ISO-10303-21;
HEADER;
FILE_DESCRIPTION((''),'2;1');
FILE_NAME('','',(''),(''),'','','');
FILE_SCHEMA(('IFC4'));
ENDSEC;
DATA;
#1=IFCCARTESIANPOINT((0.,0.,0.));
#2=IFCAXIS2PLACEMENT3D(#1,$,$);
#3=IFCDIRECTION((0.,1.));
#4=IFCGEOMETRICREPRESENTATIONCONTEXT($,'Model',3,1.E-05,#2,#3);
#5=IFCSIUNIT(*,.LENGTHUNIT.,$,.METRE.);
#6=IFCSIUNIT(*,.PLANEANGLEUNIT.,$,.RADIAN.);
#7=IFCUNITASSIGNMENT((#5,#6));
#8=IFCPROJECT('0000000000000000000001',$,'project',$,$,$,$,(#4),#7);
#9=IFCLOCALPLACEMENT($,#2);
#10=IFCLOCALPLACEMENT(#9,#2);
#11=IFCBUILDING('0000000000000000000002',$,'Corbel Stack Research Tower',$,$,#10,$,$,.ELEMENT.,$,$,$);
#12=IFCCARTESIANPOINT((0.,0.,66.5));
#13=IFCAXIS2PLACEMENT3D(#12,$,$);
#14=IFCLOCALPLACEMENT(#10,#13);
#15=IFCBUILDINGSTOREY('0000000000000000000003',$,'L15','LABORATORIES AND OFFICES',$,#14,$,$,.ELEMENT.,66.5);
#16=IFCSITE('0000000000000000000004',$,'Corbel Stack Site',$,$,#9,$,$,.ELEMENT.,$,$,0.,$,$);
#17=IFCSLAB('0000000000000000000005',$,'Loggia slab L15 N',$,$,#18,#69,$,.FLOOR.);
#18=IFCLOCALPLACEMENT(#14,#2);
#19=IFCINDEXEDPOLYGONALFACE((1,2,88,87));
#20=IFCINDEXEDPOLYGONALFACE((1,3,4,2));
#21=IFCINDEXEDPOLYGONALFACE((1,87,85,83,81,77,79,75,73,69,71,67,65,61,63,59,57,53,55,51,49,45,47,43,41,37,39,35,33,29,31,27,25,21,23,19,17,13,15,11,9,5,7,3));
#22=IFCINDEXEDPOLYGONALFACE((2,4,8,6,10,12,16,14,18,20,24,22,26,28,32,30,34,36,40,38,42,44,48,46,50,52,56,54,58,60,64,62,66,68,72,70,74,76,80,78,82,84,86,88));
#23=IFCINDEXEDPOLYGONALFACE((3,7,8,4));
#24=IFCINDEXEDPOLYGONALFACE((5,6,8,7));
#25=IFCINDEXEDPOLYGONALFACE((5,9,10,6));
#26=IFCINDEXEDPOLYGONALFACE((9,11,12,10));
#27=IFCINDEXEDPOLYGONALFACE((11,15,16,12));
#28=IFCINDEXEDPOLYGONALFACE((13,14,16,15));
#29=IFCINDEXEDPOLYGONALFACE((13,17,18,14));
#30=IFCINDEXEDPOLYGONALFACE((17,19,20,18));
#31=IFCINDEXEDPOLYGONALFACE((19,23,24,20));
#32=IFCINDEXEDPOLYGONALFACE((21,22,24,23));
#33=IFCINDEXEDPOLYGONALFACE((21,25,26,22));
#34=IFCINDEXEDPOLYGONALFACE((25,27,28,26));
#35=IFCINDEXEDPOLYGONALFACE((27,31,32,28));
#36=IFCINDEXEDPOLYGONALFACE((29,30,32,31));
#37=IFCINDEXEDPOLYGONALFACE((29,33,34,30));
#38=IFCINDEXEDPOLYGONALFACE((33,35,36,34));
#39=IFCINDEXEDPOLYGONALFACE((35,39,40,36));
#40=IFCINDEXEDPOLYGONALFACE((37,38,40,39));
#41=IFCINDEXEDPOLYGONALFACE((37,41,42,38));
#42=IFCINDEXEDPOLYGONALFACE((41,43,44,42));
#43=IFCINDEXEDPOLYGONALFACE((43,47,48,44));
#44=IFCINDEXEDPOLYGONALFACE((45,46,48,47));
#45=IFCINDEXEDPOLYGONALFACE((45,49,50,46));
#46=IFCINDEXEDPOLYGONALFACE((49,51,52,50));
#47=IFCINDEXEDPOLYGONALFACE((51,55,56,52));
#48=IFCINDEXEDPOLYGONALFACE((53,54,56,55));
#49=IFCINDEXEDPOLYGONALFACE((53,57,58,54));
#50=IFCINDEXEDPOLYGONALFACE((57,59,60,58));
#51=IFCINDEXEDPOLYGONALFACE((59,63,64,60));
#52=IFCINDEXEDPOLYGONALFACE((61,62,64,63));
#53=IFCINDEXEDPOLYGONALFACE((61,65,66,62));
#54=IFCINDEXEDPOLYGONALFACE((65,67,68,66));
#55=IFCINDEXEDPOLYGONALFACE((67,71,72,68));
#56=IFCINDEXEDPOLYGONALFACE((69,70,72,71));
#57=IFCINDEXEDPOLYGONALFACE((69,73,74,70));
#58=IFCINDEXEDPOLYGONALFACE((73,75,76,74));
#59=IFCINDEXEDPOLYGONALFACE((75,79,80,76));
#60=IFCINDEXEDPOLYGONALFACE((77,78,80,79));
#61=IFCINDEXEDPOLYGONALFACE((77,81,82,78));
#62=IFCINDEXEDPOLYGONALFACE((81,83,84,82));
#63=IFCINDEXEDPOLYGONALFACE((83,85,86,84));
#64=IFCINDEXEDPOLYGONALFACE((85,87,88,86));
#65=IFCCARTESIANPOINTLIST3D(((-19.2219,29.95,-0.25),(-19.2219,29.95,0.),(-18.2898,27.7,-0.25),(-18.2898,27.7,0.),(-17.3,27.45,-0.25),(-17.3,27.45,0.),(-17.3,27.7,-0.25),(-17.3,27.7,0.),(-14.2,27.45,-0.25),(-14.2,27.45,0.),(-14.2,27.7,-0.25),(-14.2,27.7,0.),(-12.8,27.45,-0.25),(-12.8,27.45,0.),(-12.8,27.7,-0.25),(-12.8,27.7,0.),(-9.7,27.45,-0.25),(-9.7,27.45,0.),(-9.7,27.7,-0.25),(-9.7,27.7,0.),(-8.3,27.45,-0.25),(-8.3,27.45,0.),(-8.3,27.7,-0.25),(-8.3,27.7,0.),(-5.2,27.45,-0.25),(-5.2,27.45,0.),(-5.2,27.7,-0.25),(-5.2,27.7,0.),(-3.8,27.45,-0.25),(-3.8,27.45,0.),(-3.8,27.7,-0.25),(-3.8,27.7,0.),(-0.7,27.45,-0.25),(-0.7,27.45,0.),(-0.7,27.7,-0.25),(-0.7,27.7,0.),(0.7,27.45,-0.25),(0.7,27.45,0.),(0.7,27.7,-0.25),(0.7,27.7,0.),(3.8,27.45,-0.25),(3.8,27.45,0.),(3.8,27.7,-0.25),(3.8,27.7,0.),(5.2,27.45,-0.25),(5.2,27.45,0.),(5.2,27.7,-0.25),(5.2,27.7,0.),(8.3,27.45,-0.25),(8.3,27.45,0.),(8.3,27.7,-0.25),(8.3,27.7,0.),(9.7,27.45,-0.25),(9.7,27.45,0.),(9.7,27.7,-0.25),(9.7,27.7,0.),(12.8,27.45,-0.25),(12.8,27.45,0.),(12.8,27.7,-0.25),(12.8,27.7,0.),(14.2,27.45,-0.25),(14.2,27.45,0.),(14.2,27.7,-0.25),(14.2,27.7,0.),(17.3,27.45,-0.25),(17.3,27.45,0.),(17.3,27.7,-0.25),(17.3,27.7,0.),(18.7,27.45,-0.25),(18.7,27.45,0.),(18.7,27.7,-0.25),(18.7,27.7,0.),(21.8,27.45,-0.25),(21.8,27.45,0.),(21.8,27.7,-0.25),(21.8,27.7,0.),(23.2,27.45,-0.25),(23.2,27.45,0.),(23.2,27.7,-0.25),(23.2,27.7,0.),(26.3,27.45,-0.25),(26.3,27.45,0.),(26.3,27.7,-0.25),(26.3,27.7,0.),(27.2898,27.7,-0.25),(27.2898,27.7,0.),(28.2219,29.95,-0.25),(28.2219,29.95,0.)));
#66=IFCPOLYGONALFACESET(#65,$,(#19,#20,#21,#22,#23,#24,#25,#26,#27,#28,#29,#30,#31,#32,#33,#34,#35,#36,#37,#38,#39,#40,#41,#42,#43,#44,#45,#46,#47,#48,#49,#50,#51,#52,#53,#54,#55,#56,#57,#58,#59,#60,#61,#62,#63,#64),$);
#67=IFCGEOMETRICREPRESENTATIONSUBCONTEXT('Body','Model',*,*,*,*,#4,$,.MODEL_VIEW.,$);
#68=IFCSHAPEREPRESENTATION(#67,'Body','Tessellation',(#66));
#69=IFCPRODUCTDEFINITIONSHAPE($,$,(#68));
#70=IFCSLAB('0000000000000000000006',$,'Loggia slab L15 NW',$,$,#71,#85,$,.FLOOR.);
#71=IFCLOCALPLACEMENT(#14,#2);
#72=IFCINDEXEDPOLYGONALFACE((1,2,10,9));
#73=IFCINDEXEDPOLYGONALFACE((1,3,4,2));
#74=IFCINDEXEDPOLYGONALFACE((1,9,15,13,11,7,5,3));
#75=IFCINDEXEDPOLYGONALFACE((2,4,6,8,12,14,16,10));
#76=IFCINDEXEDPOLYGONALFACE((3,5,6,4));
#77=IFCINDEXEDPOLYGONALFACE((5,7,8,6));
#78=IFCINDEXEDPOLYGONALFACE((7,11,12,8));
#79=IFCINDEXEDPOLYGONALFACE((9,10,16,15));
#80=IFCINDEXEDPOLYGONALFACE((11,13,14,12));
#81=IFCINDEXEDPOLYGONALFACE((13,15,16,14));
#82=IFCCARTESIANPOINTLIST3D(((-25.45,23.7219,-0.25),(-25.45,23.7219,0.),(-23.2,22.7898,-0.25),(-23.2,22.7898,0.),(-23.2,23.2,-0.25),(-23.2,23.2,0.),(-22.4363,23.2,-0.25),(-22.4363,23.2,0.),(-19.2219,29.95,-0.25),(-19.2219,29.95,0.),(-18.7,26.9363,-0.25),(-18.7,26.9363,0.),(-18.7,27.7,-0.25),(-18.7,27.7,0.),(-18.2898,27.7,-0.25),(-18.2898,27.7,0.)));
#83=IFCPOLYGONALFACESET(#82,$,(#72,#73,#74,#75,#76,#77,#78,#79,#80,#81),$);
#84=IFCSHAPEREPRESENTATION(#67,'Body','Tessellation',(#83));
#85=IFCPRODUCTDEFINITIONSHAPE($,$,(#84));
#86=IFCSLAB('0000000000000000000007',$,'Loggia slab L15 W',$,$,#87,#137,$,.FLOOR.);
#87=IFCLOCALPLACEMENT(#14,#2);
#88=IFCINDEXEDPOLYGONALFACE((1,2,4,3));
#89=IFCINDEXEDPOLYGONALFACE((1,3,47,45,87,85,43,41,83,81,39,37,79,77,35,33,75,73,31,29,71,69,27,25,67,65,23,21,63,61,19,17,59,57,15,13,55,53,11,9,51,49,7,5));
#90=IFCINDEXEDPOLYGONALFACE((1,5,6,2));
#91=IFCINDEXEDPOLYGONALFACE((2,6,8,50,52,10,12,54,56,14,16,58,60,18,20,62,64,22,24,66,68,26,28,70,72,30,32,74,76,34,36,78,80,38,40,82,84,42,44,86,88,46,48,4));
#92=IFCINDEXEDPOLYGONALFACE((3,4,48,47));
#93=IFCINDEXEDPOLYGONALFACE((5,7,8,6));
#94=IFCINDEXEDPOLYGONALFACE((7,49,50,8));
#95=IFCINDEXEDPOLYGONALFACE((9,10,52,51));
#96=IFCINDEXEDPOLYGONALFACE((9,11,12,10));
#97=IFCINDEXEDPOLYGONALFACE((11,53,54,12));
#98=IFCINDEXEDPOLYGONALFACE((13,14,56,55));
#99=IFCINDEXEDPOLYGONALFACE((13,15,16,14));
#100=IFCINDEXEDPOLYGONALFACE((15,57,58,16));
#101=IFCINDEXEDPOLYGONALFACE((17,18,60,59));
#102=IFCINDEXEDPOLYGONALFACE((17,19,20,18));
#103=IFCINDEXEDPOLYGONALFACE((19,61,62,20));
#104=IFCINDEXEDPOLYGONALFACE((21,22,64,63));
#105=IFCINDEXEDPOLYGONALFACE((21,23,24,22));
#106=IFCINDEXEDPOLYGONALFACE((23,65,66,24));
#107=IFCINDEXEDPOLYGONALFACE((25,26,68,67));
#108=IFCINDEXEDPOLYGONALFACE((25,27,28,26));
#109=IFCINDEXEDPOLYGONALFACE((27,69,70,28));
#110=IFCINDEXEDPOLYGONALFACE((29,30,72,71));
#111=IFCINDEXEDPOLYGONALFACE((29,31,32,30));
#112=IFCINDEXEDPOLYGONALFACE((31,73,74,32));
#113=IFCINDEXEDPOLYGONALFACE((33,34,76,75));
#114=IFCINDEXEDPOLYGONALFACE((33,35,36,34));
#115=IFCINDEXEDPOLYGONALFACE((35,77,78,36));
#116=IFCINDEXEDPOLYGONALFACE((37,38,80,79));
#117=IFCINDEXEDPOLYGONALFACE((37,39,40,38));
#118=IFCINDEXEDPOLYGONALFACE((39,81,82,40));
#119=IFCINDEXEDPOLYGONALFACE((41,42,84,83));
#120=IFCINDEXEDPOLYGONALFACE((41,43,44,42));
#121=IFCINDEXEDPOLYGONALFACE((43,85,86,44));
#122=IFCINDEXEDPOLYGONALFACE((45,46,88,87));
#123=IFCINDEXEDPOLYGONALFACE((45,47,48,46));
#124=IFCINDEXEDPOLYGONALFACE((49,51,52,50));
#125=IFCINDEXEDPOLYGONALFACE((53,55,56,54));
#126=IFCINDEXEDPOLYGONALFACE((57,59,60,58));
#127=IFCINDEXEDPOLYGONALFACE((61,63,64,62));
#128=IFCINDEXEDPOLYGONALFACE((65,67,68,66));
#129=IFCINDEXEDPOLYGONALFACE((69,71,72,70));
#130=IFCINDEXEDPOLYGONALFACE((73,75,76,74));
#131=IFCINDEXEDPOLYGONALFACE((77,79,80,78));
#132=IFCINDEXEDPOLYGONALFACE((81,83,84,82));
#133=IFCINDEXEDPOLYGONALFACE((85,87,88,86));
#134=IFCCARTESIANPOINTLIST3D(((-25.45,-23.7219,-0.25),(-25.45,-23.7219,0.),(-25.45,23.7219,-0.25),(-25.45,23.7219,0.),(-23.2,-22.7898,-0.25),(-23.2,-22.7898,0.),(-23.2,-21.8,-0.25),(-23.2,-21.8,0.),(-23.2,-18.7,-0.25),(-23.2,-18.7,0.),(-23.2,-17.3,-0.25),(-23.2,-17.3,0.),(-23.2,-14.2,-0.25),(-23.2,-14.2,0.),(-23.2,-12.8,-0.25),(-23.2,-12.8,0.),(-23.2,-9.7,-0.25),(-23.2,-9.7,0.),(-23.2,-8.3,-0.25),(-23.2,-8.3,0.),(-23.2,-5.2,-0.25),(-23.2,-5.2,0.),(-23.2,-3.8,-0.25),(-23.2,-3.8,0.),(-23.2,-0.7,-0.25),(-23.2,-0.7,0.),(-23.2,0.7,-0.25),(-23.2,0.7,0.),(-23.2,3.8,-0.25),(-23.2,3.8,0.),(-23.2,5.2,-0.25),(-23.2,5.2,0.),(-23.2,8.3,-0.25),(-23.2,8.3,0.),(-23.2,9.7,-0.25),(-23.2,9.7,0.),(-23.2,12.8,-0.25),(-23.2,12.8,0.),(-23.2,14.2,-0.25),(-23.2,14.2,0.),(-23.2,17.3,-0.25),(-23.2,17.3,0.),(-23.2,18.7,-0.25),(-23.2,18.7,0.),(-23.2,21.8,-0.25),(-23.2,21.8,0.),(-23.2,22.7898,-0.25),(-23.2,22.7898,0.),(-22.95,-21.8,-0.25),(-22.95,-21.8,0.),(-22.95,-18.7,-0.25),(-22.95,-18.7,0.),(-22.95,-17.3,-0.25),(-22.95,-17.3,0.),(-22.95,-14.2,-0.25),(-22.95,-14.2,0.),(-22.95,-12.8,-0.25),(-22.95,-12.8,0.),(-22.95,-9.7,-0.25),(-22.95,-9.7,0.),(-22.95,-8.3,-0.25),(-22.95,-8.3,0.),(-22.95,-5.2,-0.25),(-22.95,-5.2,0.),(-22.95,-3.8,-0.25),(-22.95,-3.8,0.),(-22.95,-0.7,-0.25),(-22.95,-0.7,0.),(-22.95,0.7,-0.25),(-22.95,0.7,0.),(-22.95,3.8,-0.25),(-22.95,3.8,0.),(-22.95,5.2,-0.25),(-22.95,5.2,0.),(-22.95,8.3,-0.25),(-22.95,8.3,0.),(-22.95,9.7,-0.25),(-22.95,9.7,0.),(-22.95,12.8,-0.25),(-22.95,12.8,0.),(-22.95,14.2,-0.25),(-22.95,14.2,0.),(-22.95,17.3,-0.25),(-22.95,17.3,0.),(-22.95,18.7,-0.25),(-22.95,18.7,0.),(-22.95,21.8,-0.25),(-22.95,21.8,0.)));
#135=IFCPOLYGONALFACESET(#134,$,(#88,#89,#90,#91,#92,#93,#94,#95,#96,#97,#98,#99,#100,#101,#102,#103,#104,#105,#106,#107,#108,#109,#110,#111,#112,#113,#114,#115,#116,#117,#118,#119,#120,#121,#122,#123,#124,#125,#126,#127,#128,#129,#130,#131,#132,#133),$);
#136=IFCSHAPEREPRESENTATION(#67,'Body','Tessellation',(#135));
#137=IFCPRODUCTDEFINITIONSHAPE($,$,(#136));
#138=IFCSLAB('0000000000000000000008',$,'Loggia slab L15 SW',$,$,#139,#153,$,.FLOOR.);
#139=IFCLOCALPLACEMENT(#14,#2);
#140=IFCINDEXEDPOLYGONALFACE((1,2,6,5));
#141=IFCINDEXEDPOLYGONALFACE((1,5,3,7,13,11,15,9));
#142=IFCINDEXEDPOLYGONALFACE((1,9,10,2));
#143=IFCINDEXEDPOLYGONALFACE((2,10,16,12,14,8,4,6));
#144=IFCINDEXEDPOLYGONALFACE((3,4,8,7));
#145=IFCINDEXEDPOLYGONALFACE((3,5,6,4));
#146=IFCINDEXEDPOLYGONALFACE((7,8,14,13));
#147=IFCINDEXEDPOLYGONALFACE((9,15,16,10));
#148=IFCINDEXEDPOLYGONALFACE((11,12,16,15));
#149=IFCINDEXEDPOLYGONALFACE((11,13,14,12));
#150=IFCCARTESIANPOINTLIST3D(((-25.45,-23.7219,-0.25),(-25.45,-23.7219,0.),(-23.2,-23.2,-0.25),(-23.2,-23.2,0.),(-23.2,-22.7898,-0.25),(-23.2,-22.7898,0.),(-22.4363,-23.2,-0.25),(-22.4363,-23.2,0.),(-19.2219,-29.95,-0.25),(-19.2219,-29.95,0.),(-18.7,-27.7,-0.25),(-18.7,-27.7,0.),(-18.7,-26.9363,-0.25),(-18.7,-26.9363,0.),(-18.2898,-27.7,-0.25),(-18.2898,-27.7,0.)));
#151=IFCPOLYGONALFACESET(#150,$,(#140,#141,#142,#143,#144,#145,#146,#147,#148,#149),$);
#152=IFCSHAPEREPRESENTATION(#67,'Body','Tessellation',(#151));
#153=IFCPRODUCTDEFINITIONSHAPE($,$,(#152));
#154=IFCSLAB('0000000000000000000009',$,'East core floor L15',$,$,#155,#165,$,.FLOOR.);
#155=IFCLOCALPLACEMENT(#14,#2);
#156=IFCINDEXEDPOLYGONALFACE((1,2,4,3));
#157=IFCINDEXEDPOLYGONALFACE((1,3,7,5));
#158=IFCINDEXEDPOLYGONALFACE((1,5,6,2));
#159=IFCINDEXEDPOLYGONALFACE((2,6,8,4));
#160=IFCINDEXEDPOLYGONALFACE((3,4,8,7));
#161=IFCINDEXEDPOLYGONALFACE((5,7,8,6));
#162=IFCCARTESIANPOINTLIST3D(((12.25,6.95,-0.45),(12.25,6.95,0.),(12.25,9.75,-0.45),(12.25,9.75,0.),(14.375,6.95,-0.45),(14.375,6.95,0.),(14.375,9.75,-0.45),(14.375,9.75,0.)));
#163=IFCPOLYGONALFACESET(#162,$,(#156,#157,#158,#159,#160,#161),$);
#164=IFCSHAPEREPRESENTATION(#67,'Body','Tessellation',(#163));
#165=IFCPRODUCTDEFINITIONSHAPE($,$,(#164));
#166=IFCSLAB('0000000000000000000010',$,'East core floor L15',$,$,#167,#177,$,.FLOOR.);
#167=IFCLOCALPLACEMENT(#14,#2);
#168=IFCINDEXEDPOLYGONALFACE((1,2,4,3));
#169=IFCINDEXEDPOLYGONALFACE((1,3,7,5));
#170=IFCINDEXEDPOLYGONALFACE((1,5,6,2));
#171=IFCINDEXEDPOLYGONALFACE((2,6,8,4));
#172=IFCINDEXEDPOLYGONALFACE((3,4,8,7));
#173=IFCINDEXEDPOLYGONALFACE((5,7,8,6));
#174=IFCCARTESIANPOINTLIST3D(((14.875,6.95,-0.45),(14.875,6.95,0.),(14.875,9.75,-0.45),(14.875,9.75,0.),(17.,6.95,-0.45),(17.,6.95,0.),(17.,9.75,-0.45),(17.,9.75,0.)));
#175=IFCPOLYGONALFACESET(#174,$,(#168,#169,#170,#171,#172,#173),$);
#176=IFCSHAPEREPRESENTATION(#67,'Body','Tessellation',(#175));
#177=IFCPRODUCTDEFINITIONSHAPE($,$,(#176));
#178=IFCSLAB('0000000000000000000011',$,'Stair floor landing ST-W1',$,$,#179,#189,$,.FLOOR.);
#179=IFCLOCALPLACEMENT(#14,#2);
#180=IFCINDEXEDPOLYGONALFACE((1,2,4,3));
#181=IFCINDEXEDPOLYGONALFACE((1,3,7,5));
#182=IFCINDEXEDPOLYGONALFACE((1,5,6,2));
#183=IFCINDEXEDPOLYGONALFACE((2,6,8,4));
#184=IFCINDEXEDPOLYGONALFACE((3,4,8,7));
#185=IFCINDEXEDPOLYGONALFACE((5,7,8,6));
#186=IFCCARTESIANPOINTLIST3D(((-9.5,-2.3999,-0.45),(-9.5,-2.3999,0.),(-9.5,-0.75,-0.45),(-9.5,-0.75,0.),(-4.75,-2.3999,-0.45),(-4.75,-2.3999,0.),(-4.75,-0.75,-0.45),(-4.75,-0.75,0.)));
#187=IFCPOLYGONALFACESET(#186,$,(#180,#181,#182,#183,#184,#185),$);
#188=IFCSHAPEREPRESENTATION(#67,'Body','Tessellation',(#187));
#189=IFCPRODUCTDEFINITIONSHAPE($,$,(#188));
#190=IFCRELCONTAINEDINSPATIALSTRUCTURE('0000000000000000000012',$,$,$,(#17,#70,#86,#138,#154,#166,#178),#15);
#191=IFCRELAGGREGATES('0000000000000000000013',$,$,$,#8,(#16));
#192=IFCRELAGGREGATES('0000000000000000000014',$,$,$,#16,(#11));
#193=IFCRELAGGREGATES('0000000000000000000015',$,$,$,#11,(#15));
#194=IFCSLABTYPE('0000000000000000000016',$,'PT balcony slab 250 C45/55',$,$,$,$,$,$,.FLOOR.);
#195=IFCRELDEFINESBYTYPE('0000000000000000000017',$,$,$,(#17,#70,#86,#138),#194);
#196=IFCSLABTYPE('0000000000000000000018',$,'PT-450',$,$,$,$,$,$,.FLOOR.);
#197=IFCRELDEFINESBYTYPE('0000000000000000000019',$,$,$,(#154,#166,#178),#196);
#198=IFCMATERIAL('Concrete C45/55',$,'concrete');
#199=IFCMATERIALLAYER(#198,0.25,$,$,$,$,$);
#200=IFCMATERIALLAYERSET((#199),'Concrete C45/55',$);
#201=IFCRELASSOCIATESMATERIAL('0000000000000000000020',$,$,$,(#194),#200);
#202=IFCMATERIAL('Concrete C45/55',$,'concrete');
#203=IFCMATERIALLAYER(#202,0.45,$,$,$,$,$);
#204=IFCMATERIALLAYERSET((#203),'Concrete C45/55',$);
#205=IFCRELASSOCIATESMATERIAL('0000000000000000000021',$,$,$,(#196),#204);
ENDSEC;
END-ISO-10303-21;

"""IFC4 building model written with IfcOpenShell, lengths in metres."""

from ifc_helpers import new_model, si_unit, direction, frame, origin, place, context, subcontext, project, spatial, polyline, outline, extrude, material, layer, layer_set, type_object, element, save


model = new_model("IFC4")

# Units and contexts
model_context = context("Model", 3, precision=1e-05, world=origin(), true_north=direction((0.0, 1.0)))
body_context = subcontext(model_context, "Body", "Model", "MODEL_VIEW")
ifc_project = project(units=[si_unit("LENGTHUNIT", "METRE"), si_unit("PLANEANGLEUNIT", "RADIAN")], contexts=[model_context])

# Site, building, storey
site_placement = place(None, origin())
site = spatial("IfcSite", under=ifc_project, at=site_placement, Name="Corbel Stack Site", CompositionType="ELEMENT", RefElevation=0.0)
building_placement = place(site_placement, origin())
building = spatial("IfcBuilding", under=site, at=building_placement, Name="Corbel Stack Research Tower", CompositionType="ELEMENT")
storey_placement = place(building_placement, frame((0.0, 0.0, 66.5)))
storey = spatial("IfcBuildingStorey", under=building, at=storey_placement, Name="L15", Description="LABORATORIES AND OFFICES", CompositionType="ELEMENT", Elevation=66.5)

# Slabs
ifc_material_1 = material(Name="Concrete C45/55", Category="concrete")
ifc_layer_1 = layer(ifc_material_1, 0.25)
ifc_layer_set_1 = layer_set([ifc_layer_1], Name="Concrete C45/55")
slab_type_1 = type_object("IfcSlabType", Name="PT balcony slab 250 C45/55", PredefinedType="FLOOR", material=ifc_layer_set_1)
slab_1_placement = place(storey_placement, frame((0.0, 0.0, -0.25)))
element("IfcSlab", 1, at=slab_1_placement, inside=storey, type_object=slab_type_1, Name="Loggia slab L15 N", PredefinedType="FLOOR", context=body_context, shape_type="SweptSolid", body=[
    extrude(outline(polyline([(-18.2898, 27.7), (-17.3, 27.7), (-17.3, 27.45), (-14.2, 27.45), (-14.2, 27.7), (-12.8, 27.7), (-12.8, 27.45), (-9.7, 27.45), (-9.7, 27.7), (-8.3, 27.7), (-8.3, 27.45), (-5.2, 27.45), (-5.2, 27.7), (-3.8, 27.7), (-3.8, 27.45), (-0.7, 27.45), (-0.7, 27.7), (0.7, 27.7), (0.7, 27.45), (3.8, 27.45), (3.8, 27.7), (5.2, 27.7), (5.2, 27.45), (8.3, 27.45), (8.3, 27.7), (9.7, 27.7), (9.7, 27.45), (12.8, 27.45), (12.8, 27.7), (14.2, 27.7), (14.2, 27.45), (17.3, 27.45), (17.3, 27.7), (18.7, 27.7), (18.7, 27.45), (21.8, 27.45), (21.8, 27.7), (23.2, 27.7), (23.2, 27.45), (26.3, 27.45), (26.3, 27.7), (27.2898, 27.7), (28.2219, 29.95), (-19.2219, 29.95), (-18.2898, 27.7)])), origin(), (0.0, 0.0, 1.0), 0.25),
])
slab_2_placement = place(storey_placement, frame((0.0, 0.0, -0.25)))
element("IfcSlab", 2, at=slab_2_placement, inside=storey, type_object=slab_type_1, Name="Loggia slab L15 NW", PredefinedType="FLOOR", context=body_context, shape_type="SweptSolid", body=[
    extrude(outline(polyline([(-23.2, 22.7898), (-23.2, 23.2), (-22.4363, 23.2), (-18.7, 26.9363), (-18.7, 27.7), (-18.2898, 27.7), (-19.2219, 29.95), (-25.45, 23.7219), (-23.2, 22.7898)])), origin(), (0.0, 0.0, 1.0), 0.25),
])
slab_3_placement = place(storey_placement, frame((0.0, 0.0, -0.25)))
element("IfcSlab", 3, at=slab_3_placement, inside=storey, type_object=slab_type_1, Name="Loggia slab L15 W", PredefinedType="FLOOR", context=body_context, shape_type="SweptSolid", body=[
    extrude(outline(polyline([(-23.2, -22.7898), (-23.2, -21.8), (-22.95, -21.8), (-22.95, -18.7), (-23.2, -18.7), (-23.2, -17.3), (-22.95, -17.3), (-22.95, -14.2), (-23.2, -14.2), (-23.2, -12.8), (-22.95, -12.8), (-22.95, -9.7), (-23.2, -9.7), (-23.2, -8.3), (-22.95, -8.3), (-22.95, -5.2), (-23.2, -5.2), (-23.2, -3.8), (-22.95, -3.8), (-22.95, -0.7), (-23.2, -0.7), (-23.2, 0.7), (-22.95, 0.7), (-22.95, 3.8), (-23.2, 3.8), (-23.2, 5.2), (-22.95, 5.2), (-22.95, 8.3), (-23.2, 8.3), (-23.2, 9.7), (-22.95, 9.7), (-22.95, 12.8), (-23.2, 12.8), (-23.2, 14.2), (-22.95, 14.2), (-22.95, 17.3), (-23.2, 17.3), (-23.2, 18.7), (-22.95, 18.7), (-22.95, 21.8), (-23.2, 21.8), (-23.2, 22.7898), (-25.45, 23.7219), (-25.45, -23.7219), (-23.2, -22.7898)])), origin(), (0.0, 0.0, 1.0), 0.25),
])
slab_4_placement = place(storey_placement, frame((0.0, 0.0, -0.25)))
element("IfcSlab", 4, at=slab_4_placement, inside=storey, type_object=slab_type_1, Name="Loggia slab L15 SW", PredefinedType="FLOOR", context=body_context, shape_type="SweptSolid", body=[
    extrude(outline(polyline([(-18.2898, -27.7), (-18.7, -27.7), (-18.7, -26.9363), (-22.4363, -23.2), (-23.2, -23.2), (-23.2, -22.7898), (-25.45, -23.7219), (-19.2219, -29.95), (-18.2898, -27.7)])), origin(), (0.0, 0.0, 1.0), 0.25),
])
ifc_material_2 = material(Name="Concrete C45/55", Category="concrete")
ifc_layer_2 = layer(ifc_material_2, 0.45)
ifc_layer_set_2 = layer_set([ifc_layer_2], Name="Concrete C45/55")
slab_type_2 = type_object("IfcSlabType", Name="PT-450", PredefinedType="FLOOR", material=ifc_layer_set_2)
slab_5_placement = place(storey_placement, frame((0.0, 0.0, -0.45)))
element("IfcSlab", 5, at=slab_5_placement, inside=storey, type_object=slab_type_2, Name="East core floor L15", PredefinedType="FLOOR", context=body_context, shape_type="SweptSolid", body=[
    extrude(outline(polyline([(14.375, 6.95), (14.375, 9.75), (12.25, 9.75), (12.25, 6.95), (14.375, 6.95)])), origin(), (0.0, 0.0, 1.0), 0.45),
])
slab_6_placement = place(storey_placement, frame((0.0, 0.0, -0.45)))
element("IfcSlab", 6, at=slab_6_placement, inside=storey, type_object=slab_type_2, Name="East core floor L15", PredefinedType="FLOOR", context=body_context, shape_type="SweptSolid", body=[
    extrude(outline(polyline([(17.0, 6.95), (17.0, 9.75), (14.875, 9.75), (14.875, 6.95), (17.0, 6.95)])), origin(), (0.0, 0.0, 1.0), 0.45),
])
slab_7_placement = place(storey_placement, frame((0.0, 0.0, -0.45)))
element("IfcSlab", 7, at=slab_7_placement, inside=storey, type_object=slab_type_2, Name="Stair floor landing ST-W1", PredefinedType="FLOOR", context=body_context, shape_type="SweptSolid", body=[
    extrude(outline(polyline([(-9.5, -2.3999), (-4.75, -2.3999), (-4.75, -0.75), (-9.5, -0.75), (-9.5, -2.3999)])), origin(), (0.0, 0.0, 1.0), 0.45),
])

save(model, "model.ifc")
